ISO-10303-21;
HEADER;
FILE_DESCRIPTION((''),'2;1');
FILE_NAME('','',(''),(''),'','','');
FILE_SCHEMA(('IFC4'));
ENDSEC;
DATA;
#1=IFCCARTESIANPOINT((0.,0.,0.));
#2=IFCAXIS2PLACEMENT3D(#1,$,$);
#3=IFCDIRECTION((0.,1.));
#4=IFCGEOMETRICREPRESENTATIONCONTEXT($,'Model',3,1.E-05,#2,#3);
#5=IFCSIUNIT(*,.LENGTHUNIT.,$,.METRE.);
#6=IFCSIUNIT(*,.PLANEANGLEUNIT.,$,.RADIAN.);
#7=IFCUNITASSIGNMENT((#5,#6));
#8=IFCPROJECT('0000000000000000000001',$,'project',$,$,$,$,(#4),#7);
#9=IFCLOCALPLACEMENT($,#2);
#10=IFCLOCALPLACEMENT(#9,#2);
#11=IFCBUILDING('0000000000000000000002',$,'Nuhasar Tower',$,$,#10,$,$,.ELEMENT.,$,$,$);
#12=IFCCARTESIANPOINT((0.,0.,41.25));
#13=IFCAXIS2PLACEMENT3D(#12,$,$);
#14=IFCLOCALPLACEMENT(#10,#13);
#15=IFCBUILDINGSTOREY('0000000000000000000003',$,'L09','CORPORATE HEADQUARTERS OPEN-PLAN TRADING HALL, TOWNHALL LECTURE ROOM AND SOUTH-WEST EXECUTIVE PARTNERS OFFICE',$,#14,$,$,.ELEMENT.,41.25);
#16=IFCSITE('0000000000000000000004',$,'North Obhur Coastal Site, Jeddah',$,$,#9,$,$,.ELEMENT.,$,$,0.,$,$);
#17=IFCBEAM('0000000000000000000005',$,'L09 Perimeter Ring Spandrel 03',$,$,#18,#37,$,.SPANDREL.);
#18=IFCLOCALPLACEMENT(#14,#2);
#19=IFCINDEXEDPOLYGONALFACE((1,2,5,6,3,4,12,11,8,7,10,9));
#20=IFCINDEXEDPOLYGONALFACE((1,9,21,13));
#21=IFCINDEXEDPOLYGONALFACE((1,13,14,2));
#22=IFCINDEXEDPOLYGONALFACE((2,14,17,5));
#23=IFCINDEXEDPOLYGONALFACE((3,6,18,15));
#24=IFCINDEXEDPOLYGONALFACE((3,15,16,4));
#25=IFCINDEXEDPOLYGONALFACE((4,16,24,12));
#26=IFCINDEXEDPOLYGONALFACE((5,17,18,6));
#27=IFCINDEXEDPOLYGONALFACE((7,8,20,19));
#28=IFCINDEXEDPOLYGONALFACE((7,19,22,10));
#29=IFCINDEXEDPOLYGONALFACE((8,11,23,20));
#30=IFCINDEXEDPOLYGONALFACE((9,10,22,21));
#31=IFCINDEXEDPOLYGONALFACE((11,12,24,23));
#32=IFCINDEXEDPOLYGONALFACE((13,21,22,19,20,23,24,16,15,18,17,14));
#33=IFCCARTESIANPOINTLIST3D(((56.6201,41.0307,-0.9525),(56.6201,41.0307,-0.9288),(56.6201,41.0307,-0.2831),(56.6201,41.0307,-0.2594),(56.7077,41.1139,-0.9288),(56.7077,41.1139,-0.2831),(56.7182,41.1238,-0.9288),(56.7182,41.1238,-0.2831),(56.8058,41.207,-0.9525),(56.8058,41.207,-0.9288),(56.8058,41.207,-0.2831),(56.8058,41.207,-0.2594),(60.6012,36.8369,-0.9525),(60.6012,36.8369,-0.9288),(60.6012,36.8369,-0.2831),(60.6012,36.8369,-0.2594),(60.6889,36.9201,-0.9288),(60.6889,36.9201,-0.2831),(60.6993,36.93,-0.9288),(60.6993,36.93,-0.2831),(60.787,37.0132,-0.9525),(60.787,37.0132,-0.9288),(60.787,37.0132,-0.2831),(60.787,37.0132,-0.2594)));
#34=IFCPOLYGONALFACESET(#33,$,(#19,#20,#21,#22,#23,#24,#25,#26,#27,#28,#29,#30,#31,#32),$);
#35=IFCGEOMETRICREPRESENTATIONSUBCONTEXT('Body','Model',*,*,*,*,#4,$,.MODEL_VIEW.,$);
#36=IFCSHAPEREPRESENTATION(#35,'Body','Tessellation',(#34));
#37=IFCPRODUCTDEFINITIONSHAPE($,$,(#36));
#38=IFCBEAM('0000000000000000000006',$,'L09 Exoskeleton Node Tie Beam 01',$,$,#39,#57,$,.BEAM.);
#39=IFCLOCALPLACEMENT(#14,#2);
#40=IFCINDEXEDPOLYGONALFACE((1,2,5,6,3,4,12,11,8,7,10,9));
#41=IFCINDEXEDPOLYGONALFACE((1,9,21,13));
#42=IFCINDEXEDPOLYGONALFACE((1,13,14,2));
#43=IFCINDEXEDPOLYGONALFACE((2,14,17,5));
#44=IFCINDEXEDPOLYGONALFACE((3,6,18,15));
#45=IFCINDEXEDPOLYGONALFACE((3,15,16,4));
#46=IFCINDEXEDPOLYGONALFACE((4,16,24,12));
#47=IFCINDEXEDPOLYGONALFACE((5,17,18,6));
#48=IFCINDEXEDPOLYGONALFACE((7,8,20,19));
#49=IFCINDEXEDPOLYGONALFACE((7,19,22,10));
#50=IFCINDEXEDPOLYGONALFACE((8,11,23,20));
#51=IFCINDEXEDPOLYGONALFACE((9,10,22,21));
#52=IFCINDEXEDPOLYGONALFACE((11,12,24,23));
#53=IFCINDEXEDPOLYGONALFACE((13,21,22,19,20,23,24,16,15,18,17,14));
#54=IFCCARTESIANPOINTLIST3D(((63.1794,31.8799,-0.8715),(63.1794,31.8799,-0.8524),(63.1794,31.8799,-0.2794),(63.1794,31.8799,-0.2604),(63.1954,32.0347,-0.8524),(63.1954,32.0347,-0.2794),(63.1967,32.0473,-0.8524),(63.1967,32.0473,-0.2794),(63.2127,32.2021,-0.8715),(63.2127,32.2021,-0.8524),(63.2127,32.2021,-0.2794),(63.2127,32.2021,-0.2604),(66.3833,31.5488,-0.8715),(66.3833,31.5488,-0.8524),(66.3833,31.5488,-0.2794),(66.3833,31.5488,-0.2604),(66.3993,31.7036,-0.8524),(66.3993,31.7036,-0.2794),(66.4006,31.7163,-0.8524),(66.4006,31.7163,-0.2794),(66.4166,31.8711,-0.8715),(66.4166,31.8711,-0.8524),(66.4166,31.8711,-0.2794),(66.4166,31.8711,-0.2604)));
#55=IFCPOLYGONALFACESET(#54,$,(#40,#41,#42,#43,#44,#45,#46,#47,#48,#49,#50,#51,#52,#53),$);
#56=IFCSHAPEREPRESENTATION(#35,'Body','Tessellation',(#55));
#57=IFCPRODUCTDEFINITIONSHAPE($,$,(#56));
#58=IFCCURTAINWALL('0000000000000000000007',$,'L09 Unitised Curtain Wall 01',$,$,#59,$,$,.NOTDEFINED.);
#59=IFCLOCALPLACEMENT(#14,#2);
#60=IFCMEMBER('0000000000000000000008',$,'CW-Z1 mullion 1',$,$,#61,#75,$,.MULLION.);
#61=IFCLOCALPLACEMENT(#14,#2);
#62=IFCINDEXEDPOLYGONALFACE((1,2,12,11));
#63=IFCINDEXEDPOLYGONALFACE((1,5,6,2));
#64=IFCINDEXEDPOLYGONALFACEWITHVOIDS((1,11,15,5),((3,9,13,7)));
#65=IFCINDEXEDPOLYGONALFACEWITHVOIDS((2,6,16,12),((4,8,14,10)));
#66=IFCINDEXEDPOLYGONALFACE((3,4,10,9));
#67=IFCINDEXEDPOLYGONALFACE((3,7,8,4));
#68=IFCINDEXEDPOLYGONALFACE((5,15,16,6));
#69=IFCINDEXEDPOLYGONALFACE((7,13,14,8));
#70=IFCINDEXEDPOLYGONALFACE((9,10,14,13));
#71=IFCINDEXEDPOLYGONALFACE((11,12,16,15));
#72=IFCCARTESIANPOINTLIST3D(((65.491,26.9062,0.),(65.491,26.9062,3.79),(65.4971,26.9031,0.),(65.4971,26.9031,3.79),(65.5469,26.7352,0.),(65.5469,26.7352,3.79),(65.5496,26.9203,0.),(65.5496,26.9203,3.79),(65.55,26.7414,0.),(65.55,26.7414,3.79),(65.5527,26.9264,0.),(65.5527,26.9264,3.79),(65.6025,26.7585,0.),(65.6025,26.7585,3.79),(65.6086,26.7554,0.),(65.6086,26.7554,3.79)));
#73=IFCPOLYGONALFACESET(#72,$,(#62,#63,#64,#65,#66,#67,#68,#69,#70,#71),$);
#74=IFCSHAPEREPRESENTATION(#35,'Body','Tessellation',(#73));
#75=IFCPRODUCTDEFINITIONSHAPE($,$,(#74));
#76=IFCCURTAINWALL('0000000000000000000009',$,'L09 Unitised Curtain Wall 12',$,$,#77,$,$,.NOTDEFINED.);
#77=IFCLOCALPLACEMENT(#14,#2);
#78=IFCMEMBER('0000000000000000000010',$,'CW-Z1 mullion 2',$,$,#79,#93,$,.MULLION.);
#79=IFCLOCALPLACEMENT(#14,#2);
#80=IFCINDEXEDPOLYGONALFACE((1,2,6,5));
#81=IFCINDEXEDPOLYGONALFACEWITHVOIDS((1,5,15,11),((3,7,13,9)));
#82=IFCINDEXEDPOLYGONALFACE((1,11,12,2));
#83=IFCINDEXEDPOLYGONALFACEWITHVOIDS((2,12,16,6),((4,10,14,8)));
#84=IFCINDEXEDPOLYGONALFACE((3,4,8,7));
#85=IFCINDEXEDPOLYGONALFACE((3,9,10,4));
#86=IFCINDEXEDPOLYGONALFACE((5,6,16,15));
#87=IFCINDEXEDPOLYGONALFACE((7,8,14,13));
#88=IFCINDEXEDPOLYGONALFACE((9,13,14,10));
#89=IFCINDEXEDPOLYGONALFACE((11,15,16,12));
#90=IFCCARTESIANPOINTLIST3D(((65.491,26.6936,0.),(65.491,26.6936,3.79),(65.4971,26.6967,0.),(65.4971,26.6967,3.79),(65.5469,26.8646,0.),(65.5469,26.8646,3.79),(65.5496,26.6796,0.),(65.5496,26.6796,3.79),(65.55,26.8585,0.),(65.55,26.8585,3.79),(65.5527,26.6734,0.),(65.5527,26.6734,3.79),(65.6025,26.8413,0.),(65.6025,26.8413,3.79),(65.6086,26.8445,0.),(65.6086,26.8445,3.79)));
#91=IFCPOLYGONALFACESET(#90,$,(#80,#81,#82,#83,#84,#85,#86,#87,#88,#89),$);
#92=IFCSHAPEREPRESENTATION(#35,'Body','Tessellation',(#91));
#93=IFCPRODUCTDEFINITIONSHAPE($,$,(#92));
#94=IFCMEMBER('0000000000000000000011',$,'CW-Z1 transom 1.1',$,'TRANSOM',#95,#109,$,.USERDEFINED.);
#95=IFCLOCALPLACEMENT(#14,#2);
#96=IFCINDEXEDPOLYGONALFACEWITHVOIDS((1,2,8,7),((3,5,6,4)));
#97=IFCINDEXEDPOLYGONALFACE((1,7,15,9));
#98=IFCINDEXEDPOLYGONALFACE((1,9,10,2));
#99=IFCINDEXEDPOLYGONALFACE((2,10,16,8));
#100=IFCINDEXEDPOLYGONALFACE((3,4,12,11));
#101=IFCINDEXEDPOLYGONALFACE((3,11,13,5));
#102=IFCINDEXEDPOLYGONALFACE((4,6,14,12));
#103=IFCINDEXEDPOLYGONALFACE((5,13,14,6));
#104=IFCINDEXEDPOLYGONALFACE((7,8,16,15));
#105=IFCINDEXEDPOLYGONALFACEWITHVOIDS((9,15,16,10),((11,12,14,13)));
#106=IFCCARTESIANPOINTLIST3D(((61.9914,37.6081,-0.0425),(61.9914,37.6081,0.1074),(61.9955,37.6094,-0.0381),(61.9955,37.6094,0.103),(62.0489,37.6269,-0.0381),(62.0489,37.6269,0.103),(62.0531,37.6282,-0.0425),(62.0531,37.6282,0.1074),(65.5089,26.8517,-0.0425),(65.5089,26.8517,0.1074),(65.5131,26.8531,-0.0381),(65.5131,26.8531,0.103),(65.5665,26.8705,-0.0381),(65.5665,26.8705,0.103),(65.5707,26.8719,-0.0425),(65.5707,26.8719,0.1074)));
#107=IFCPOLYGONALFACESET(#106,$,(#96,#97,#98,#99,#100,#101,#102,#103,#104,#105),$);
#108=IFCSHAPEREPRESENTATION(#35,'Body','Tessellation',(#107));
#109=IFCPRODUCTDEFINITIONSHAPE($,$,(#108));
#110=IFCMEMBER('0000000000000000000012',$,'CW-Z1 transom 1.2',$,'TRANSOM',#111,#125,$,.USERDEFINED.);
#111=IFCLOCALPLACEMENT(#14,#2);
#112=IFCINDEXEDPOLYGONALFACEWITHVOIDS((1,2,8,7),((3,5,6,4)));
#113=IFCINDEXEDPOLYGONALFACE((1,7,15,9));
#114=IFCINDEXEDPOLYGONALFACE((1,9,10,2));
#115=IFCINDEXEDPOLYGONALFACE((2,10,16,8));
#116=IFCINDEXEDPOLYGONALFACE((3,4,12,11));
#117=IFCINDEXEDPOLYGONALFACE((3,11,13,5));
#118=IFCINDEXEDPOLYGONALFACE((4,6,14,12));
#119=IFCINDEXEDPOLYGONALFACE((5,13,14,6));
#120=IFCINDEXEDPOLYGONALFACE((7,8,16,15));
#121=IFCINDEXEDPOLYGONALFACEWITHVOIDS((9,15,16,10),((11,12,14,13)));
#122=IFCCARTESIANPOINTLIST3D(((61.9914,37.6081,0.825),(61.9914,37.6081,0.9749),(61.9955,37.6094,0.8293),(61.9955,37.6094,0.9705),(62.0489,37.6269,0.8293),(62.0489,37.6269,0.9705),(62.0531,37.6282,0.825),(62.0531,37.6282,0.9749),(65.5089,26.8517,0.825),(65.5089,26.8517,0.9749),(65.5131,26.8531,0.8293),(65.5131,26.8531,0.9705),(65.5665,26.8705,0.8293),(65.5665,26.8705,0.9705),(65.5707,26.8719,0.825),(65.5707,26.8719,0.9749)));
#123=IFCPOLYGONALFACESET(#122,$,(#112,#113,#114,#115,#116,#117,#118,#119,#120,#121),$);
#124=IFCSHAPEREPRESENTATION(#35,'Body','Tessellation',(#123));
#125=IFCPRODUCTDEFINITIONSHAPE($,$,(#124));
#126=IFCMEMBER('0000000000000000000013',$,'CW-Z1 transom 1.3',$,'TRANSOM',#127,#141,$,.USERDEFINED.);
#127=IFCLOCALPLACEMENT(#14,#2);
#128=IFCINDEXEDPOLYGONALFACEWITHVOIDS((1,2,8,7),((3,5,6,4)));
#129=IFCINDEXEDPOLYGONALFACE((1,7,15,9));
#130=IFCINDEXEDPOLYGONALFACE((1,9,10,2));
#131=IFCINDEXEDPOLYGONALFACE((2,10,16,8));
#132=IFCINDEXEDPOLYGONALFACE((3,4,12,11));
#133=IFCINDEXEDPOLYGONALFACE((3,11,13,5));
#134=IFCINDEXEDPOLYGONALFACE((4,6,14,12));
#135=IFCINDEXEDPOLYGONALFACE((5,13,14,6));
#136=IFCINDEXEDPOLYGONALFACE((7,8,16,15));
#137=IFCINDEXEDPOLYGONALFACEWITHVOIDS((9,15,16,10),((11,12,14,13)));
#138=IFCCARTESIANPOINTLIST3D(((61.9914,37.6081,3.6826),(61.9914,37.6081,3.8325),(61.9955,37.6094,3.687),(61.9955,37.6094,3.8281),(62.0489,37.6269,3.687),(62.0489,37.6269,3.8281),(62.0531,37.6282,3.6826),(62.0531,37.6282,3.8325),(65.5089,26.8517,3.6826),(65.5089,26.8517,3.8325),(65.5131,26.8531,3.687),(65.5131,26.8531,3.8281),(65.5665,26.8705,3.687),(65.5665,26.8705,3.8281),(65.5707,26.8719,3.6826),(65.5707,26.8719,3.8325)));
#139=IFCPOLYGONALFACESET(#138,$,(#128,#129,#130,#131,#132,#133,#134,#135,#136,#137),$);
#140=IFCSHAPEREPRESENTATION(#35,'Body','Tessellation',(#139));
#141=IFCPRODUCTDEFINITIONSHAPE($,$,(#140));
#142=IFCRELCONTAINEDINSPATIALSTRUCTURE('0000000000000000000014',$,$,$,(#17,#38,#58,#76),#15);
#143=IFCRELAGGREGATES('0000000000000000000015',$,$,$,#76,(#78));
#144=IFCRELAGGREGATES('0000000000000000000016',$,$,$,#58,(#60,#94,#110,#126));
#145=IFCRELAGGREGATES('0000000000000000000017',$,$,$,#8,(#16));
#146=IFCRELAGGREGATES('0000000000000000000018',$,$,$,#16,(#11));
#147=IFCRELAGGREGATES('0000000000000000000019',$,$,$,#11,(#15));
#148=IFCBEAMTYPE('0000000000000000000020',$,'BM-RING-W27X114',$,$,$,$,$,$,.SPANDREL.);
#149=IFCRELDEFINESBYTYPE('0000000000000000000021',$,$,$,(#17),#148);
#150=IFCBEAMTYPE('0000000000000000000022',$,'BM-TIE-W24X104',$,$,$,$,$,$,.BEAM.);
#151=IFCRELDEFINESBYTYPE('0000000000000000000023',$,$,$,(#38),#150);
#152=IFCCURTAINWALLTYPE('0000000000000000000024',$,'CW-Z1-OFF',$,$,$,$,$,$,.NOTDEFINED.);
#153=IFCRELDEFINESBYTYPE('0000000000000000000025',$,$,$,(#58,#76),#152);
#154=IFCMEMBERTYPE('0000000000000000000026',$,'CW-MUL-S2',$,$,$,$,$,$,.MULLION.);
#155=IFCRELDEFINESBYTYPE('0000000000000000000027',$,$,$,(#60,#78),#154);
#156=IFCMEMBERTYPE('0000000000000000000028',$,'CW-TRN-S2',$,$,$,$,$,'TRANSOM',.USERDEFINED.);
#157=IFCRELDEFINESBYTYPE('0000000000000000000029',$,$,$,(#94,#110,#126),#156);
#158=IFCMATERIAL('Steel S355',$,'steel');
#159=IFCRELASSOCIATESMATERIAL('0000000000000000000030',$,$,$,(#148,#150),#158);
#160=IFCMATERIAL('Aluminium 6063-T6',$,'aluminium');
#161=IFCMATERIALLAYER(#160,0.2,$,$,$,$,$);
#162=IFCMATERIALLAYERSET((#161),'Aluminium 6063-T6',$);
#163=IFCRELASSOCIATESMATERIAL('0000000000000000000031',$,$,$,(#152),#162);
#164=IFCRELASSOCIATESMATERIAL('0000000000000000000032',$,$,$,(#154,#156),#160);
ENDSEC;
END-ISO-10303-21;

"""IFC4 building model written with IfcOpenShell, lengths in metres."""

from ifc_helpers import new_model, si_unit, direction, frame, origin, origin_2d, place, context, subcontext, project, spatial, hollow_rectangle, i_section, extrude, material, layer, layer_set, material_profile, profile_set, type_object, element, aggregate, save


model = new_model("IFC4")

# Units and contexts
model_context = context("Model", 3, precision=1e-05, world=origin(), true_north=direction((0.0, 1.0)))
body_context = subcontext(model_context, "Body", "Model", "MODEL_VIEW")
ifc_project = project(units=[si_unit("LENGTHUNIT", "METRE"), si_unit("PLANEANGLEUNIT", "RADIAN")], contexts=[model_context])

# Site, building, storey
site_placement = place(None, origin())
site = spatial("IfcSite", under=ifc_project, at=site_placement, Name="North Obhur Coastal Site, Jeddah", CompositionType="ELEMENT", RefElevation=0.0)
building_placement = place(site_placement, origin())
building = spatial("IfcBuilding", under=site, at=building_placement, Name="Nuhasar Tower", CompositionType="ELEMENT")
storey_placement = place(building_placement, frame((0.0, 0.0, 41.25)))
storey = spatial("IfcBuildingStorey", under=building, at=storey_placement, Name="L09", Description="CORPORATE HEADQUARTERS OPEN-PLAN TRADING HALL, TOWNHALL LECTURE ROOM AND SOUTH-WEST EXECUTIVE PARTNERS OFFICE", CompositionType="ELEMENT", Elevation=41.25)

# Beams
ifc_material_1 = material(Name="Steel S355", Category="steel")
ifc_material_profile_1 = material_profile(ifc_material_1, i_section(OverallWidth=0.2561, OverallDepth=0.6931, WebThickness=0.0144, FlangeThickness=0.0237, at=origin_2d()), Name="W27X114")
ifc_profile_set_1 = profile_set([ifc_material_profile_1], Name="Steel S355")
beam_type_1 = type_object("IfcBeamType", Name="BM-RING-W27X114", PredefinedType="SPANDREL", material=ifc_profile_set_1)
beam_1_placement = place(storey_placement, frame((60.6941, 36.925, -0.606), z_axis=(-0.688481, 0.725254, 0.0), x_axis=(-0.725254, -0.688481, 0.0)))
element("IfcBeam", 1, at=beam_1_placement, inside=storey, type_object=beam_type_1, Name="L09 Perimeter Ring Spandrel 03", PredefinedType="SPANDREL", context=body_context, shape_type="SweptSolid", body=[
    extrude(i_section(OverallWidth=0.2561, OverallDepth=0.6931, WebThickness=0.0144, FlangeThickness=0.0237, at=origin_2d()), origin(), (0.0, 0.0, 1.0), 5.7825),
])
ifc_material_profile_2 = material_profile(ifc_material_1, i_section(OverallWidth=0.324, OverallDepth=0.6111, WebThickness=0.0127, FlangeThickness=0.019, at=origin_2d()), Name="W24X104")
ifc_profile_set_2 = profile_set([ifc_material_profile_2], Name="Steel S355")
beam_type_2 = type_object("IfcBeamType", Name="BM-TIE-W24X104", PredefinedType="BEAM", material=ifc_profile_set_2)
beam_2_placement = place(storey_placement, frame((63.196, 32.041, -0.5659), z_axis=(0.994704, -0.102783, 0.0), x_axis=(0.102783, 0.994704, 0.0)))
element("IfcBeam", 2, at=beam_2_placement, inside=storey, type_object=beam_type_2, Name="L09 Exoskeleton Node Tie Beam 01", PredefinedType="BEAM", context=body_context, shape_type="SweptSolid", body=[
    extrude(i_section(OverallWidth=0.324, OverallDepth=0.6111, WebThickness=0.0127, FlangeThickness=0.019, at=origin_2d()), origin(), (0.0, 0.0, 1.0), 3.2209),
])

# Curtain walls, members
ifc_material_2 = material(Name="Aluminium 6063-T6", Category="aluminium")
ifc_layer_1 = layer(ifc_material_2, 0.2)
ifc_layer_set_1 = layer_set([ifc_layer_1], Name="Aluminium 6063-T6")
curtain_wall_type = type_object("IfcCurtainWallType", Name="CW-Z1-OFF", PredefinedType="NOTDEFINED", material=ifc_layer_set_1)
curtain_wall_1_placement = place(storey_placement, origin())
curtain_wall_1 = element("IfcCurtainWall", 3, at=curtain_wall_1_placement, inside=storey, type_object=curtain_wall_type, Name="L09 Unitised Curtain Wall 01", PredefinedType="NOTDEFINED")
ifc_material_profile_3 = material_profile(ifc_material_2, hollow_rectangle(XDim=0.0649, YDim=0.1799, WallThickness=0.0049, at=origin_2d()), Name="CWM-2")
ifc_profile_set_3 = profile_set([ifc_material_profile_3], Name="Aluminium 6063-T6")
member_type_1 = type_object("IfcMemberType", Name="CW-MUL-S2", PredefinedType="MULLION", material=ifc_profile_set_3)
member_1_placement = place(storey_placement, frame((65.5498, 26.8308, 0.0), z_axis=(0.0, 0.0, 1.0), x_axis=(-0.950468, -0.310824, 0.0)))
member_1 = element("IfcMember", 4, at=member_1_placement, type_object=member_type_1, Name="CW-Z1 mullion 1", PredefinedType="MULLION", context=body_context, shape_type="SweptSolid", body=[
    extrude(hollow_rectangle(XDim=0.0649, YDim=0.1799, WallThickness=0.0049, at=origin_2d()), origin(), (0.0, 0.0, 1.0), 3.79),
])
curtain_wall_2_placement = place(storey_placement, origin())
curtain_wall_2 = element("IfcCurtainWall", 5, at=curtain_wall_2_placement, inside=storey, type_object=curtain_wall_type, Name="L09 Unitised Curtain Wall 12", PredefinedType="NOTDEFINED")
member_2_placement = place(storey_placement, frame((65.5498, 26.769, 0.0), z_axis=(0.0, 0.0, 1.0), x_axis=(-0.950468, 0.310824, 0.0)))
member_2 = element("IfcMember", 6, at=member_2_placement, type_object=member_type_1, Name="CW-Z1 mullion 2", PredefinedType="MULLION", context=body_context, shape_type="SweptSolid", body=[
    extrude(hollow_rectangle(XDim=0.0649, YDim=0.1799, WallThickness=0.0049, at=origin_2d()), origin(), (0.0, 0.0, 1.0), 3.79),
])
aggregate(curtain_wall_2, [member_2])

# Members
ifc_material_profile_4 = material_profile(ifc_material_2, hollow_rectangle(XDim=0.0649, YDim=0.1499, WallThickness=0.0044, at=origin_2d()), Name="CWT-2")
ifc_profile_set_4 = profile_set([ifc_material_profile_4], Name="Aluminium 6063-T6")
member_type_2 = type_object("IfcMemberType", Name="CW-TRN-S2", ElementType="TRANSOM", PredefinedType="USERDEFINED", material=ifc_profile_set_4)
member_3_placement = place(storey_placement, frame((65.5398, 26.8618, 0.0325), z_axis=(-0.310825, 0.950467, 0.0), x_axis=(-0.950467, -0.310825, 0.0)))
member_3 = element("IfcMember", 7, at=member_3_placement, type_object=member_type_2, Name="CW-Z1 transom 1.1", ObjectType="TRANSOM", PredefinedType="USERDEFINED", context=body_context, shape_type="SweptSolid", body=[
    extrude(hollow_rectangle(XDim=0.0649, YDim=0.1499, WallThickness=0.0044, at=origin_2d()), origin(), (0.0, 0.0, 1.0), 11.3169),
])
member_4_placement = place(storey_placement, frame((65.5398, 26.8618, 0.8999), z_axis=(-0.310825, 0.950467, 0.0), x_axis=(-0.950467, -0.310825, 0.0)))
member_4 = element("IfcMember", 8, at=member_4_placement, type_object=member_type_2, Name="CW-Z1 transom 1.2", ObjectType="TRANSOM", PredefinedType="USERDEFINED", context=body_context, shape_type="SweptSolid", body=[
    extrude(hollow_rectangle(XDim=0.0649, YDim=0.1499, WallThickness=0.0044, at=origin_2d()), origin(), (0.0, 0.0, 1.0), 11.3169),
])
member_5_placement = place(storey_placement, frame((65.5398, 26.8618, 3.7576), z_axis=(-0.310825, 0.950467, 0.0), x_axis=(-0.950467, -0.310825, 0.0)))
member_5 = element("IfcMember", 9, at=member_5_placement, type_object=member_type_2, Name="CW-Z1 transom 1.3", ObjectType="TRANSOM", PredefinedType="USERDEFINED", context=body_context, shape_type="SweptSolid", body=[
    extrude(hollow_rectangle(XDim=0.0649, YDim=0.1499, WallThickness=0.0044, at=origin_2d()), origin(), (0.0, 0.0, 1.0), 11.3169),
])

aggregate(curtain_wall_1, [member_1, member_3, member_4, member_5])

save(model, "model.ifc")
